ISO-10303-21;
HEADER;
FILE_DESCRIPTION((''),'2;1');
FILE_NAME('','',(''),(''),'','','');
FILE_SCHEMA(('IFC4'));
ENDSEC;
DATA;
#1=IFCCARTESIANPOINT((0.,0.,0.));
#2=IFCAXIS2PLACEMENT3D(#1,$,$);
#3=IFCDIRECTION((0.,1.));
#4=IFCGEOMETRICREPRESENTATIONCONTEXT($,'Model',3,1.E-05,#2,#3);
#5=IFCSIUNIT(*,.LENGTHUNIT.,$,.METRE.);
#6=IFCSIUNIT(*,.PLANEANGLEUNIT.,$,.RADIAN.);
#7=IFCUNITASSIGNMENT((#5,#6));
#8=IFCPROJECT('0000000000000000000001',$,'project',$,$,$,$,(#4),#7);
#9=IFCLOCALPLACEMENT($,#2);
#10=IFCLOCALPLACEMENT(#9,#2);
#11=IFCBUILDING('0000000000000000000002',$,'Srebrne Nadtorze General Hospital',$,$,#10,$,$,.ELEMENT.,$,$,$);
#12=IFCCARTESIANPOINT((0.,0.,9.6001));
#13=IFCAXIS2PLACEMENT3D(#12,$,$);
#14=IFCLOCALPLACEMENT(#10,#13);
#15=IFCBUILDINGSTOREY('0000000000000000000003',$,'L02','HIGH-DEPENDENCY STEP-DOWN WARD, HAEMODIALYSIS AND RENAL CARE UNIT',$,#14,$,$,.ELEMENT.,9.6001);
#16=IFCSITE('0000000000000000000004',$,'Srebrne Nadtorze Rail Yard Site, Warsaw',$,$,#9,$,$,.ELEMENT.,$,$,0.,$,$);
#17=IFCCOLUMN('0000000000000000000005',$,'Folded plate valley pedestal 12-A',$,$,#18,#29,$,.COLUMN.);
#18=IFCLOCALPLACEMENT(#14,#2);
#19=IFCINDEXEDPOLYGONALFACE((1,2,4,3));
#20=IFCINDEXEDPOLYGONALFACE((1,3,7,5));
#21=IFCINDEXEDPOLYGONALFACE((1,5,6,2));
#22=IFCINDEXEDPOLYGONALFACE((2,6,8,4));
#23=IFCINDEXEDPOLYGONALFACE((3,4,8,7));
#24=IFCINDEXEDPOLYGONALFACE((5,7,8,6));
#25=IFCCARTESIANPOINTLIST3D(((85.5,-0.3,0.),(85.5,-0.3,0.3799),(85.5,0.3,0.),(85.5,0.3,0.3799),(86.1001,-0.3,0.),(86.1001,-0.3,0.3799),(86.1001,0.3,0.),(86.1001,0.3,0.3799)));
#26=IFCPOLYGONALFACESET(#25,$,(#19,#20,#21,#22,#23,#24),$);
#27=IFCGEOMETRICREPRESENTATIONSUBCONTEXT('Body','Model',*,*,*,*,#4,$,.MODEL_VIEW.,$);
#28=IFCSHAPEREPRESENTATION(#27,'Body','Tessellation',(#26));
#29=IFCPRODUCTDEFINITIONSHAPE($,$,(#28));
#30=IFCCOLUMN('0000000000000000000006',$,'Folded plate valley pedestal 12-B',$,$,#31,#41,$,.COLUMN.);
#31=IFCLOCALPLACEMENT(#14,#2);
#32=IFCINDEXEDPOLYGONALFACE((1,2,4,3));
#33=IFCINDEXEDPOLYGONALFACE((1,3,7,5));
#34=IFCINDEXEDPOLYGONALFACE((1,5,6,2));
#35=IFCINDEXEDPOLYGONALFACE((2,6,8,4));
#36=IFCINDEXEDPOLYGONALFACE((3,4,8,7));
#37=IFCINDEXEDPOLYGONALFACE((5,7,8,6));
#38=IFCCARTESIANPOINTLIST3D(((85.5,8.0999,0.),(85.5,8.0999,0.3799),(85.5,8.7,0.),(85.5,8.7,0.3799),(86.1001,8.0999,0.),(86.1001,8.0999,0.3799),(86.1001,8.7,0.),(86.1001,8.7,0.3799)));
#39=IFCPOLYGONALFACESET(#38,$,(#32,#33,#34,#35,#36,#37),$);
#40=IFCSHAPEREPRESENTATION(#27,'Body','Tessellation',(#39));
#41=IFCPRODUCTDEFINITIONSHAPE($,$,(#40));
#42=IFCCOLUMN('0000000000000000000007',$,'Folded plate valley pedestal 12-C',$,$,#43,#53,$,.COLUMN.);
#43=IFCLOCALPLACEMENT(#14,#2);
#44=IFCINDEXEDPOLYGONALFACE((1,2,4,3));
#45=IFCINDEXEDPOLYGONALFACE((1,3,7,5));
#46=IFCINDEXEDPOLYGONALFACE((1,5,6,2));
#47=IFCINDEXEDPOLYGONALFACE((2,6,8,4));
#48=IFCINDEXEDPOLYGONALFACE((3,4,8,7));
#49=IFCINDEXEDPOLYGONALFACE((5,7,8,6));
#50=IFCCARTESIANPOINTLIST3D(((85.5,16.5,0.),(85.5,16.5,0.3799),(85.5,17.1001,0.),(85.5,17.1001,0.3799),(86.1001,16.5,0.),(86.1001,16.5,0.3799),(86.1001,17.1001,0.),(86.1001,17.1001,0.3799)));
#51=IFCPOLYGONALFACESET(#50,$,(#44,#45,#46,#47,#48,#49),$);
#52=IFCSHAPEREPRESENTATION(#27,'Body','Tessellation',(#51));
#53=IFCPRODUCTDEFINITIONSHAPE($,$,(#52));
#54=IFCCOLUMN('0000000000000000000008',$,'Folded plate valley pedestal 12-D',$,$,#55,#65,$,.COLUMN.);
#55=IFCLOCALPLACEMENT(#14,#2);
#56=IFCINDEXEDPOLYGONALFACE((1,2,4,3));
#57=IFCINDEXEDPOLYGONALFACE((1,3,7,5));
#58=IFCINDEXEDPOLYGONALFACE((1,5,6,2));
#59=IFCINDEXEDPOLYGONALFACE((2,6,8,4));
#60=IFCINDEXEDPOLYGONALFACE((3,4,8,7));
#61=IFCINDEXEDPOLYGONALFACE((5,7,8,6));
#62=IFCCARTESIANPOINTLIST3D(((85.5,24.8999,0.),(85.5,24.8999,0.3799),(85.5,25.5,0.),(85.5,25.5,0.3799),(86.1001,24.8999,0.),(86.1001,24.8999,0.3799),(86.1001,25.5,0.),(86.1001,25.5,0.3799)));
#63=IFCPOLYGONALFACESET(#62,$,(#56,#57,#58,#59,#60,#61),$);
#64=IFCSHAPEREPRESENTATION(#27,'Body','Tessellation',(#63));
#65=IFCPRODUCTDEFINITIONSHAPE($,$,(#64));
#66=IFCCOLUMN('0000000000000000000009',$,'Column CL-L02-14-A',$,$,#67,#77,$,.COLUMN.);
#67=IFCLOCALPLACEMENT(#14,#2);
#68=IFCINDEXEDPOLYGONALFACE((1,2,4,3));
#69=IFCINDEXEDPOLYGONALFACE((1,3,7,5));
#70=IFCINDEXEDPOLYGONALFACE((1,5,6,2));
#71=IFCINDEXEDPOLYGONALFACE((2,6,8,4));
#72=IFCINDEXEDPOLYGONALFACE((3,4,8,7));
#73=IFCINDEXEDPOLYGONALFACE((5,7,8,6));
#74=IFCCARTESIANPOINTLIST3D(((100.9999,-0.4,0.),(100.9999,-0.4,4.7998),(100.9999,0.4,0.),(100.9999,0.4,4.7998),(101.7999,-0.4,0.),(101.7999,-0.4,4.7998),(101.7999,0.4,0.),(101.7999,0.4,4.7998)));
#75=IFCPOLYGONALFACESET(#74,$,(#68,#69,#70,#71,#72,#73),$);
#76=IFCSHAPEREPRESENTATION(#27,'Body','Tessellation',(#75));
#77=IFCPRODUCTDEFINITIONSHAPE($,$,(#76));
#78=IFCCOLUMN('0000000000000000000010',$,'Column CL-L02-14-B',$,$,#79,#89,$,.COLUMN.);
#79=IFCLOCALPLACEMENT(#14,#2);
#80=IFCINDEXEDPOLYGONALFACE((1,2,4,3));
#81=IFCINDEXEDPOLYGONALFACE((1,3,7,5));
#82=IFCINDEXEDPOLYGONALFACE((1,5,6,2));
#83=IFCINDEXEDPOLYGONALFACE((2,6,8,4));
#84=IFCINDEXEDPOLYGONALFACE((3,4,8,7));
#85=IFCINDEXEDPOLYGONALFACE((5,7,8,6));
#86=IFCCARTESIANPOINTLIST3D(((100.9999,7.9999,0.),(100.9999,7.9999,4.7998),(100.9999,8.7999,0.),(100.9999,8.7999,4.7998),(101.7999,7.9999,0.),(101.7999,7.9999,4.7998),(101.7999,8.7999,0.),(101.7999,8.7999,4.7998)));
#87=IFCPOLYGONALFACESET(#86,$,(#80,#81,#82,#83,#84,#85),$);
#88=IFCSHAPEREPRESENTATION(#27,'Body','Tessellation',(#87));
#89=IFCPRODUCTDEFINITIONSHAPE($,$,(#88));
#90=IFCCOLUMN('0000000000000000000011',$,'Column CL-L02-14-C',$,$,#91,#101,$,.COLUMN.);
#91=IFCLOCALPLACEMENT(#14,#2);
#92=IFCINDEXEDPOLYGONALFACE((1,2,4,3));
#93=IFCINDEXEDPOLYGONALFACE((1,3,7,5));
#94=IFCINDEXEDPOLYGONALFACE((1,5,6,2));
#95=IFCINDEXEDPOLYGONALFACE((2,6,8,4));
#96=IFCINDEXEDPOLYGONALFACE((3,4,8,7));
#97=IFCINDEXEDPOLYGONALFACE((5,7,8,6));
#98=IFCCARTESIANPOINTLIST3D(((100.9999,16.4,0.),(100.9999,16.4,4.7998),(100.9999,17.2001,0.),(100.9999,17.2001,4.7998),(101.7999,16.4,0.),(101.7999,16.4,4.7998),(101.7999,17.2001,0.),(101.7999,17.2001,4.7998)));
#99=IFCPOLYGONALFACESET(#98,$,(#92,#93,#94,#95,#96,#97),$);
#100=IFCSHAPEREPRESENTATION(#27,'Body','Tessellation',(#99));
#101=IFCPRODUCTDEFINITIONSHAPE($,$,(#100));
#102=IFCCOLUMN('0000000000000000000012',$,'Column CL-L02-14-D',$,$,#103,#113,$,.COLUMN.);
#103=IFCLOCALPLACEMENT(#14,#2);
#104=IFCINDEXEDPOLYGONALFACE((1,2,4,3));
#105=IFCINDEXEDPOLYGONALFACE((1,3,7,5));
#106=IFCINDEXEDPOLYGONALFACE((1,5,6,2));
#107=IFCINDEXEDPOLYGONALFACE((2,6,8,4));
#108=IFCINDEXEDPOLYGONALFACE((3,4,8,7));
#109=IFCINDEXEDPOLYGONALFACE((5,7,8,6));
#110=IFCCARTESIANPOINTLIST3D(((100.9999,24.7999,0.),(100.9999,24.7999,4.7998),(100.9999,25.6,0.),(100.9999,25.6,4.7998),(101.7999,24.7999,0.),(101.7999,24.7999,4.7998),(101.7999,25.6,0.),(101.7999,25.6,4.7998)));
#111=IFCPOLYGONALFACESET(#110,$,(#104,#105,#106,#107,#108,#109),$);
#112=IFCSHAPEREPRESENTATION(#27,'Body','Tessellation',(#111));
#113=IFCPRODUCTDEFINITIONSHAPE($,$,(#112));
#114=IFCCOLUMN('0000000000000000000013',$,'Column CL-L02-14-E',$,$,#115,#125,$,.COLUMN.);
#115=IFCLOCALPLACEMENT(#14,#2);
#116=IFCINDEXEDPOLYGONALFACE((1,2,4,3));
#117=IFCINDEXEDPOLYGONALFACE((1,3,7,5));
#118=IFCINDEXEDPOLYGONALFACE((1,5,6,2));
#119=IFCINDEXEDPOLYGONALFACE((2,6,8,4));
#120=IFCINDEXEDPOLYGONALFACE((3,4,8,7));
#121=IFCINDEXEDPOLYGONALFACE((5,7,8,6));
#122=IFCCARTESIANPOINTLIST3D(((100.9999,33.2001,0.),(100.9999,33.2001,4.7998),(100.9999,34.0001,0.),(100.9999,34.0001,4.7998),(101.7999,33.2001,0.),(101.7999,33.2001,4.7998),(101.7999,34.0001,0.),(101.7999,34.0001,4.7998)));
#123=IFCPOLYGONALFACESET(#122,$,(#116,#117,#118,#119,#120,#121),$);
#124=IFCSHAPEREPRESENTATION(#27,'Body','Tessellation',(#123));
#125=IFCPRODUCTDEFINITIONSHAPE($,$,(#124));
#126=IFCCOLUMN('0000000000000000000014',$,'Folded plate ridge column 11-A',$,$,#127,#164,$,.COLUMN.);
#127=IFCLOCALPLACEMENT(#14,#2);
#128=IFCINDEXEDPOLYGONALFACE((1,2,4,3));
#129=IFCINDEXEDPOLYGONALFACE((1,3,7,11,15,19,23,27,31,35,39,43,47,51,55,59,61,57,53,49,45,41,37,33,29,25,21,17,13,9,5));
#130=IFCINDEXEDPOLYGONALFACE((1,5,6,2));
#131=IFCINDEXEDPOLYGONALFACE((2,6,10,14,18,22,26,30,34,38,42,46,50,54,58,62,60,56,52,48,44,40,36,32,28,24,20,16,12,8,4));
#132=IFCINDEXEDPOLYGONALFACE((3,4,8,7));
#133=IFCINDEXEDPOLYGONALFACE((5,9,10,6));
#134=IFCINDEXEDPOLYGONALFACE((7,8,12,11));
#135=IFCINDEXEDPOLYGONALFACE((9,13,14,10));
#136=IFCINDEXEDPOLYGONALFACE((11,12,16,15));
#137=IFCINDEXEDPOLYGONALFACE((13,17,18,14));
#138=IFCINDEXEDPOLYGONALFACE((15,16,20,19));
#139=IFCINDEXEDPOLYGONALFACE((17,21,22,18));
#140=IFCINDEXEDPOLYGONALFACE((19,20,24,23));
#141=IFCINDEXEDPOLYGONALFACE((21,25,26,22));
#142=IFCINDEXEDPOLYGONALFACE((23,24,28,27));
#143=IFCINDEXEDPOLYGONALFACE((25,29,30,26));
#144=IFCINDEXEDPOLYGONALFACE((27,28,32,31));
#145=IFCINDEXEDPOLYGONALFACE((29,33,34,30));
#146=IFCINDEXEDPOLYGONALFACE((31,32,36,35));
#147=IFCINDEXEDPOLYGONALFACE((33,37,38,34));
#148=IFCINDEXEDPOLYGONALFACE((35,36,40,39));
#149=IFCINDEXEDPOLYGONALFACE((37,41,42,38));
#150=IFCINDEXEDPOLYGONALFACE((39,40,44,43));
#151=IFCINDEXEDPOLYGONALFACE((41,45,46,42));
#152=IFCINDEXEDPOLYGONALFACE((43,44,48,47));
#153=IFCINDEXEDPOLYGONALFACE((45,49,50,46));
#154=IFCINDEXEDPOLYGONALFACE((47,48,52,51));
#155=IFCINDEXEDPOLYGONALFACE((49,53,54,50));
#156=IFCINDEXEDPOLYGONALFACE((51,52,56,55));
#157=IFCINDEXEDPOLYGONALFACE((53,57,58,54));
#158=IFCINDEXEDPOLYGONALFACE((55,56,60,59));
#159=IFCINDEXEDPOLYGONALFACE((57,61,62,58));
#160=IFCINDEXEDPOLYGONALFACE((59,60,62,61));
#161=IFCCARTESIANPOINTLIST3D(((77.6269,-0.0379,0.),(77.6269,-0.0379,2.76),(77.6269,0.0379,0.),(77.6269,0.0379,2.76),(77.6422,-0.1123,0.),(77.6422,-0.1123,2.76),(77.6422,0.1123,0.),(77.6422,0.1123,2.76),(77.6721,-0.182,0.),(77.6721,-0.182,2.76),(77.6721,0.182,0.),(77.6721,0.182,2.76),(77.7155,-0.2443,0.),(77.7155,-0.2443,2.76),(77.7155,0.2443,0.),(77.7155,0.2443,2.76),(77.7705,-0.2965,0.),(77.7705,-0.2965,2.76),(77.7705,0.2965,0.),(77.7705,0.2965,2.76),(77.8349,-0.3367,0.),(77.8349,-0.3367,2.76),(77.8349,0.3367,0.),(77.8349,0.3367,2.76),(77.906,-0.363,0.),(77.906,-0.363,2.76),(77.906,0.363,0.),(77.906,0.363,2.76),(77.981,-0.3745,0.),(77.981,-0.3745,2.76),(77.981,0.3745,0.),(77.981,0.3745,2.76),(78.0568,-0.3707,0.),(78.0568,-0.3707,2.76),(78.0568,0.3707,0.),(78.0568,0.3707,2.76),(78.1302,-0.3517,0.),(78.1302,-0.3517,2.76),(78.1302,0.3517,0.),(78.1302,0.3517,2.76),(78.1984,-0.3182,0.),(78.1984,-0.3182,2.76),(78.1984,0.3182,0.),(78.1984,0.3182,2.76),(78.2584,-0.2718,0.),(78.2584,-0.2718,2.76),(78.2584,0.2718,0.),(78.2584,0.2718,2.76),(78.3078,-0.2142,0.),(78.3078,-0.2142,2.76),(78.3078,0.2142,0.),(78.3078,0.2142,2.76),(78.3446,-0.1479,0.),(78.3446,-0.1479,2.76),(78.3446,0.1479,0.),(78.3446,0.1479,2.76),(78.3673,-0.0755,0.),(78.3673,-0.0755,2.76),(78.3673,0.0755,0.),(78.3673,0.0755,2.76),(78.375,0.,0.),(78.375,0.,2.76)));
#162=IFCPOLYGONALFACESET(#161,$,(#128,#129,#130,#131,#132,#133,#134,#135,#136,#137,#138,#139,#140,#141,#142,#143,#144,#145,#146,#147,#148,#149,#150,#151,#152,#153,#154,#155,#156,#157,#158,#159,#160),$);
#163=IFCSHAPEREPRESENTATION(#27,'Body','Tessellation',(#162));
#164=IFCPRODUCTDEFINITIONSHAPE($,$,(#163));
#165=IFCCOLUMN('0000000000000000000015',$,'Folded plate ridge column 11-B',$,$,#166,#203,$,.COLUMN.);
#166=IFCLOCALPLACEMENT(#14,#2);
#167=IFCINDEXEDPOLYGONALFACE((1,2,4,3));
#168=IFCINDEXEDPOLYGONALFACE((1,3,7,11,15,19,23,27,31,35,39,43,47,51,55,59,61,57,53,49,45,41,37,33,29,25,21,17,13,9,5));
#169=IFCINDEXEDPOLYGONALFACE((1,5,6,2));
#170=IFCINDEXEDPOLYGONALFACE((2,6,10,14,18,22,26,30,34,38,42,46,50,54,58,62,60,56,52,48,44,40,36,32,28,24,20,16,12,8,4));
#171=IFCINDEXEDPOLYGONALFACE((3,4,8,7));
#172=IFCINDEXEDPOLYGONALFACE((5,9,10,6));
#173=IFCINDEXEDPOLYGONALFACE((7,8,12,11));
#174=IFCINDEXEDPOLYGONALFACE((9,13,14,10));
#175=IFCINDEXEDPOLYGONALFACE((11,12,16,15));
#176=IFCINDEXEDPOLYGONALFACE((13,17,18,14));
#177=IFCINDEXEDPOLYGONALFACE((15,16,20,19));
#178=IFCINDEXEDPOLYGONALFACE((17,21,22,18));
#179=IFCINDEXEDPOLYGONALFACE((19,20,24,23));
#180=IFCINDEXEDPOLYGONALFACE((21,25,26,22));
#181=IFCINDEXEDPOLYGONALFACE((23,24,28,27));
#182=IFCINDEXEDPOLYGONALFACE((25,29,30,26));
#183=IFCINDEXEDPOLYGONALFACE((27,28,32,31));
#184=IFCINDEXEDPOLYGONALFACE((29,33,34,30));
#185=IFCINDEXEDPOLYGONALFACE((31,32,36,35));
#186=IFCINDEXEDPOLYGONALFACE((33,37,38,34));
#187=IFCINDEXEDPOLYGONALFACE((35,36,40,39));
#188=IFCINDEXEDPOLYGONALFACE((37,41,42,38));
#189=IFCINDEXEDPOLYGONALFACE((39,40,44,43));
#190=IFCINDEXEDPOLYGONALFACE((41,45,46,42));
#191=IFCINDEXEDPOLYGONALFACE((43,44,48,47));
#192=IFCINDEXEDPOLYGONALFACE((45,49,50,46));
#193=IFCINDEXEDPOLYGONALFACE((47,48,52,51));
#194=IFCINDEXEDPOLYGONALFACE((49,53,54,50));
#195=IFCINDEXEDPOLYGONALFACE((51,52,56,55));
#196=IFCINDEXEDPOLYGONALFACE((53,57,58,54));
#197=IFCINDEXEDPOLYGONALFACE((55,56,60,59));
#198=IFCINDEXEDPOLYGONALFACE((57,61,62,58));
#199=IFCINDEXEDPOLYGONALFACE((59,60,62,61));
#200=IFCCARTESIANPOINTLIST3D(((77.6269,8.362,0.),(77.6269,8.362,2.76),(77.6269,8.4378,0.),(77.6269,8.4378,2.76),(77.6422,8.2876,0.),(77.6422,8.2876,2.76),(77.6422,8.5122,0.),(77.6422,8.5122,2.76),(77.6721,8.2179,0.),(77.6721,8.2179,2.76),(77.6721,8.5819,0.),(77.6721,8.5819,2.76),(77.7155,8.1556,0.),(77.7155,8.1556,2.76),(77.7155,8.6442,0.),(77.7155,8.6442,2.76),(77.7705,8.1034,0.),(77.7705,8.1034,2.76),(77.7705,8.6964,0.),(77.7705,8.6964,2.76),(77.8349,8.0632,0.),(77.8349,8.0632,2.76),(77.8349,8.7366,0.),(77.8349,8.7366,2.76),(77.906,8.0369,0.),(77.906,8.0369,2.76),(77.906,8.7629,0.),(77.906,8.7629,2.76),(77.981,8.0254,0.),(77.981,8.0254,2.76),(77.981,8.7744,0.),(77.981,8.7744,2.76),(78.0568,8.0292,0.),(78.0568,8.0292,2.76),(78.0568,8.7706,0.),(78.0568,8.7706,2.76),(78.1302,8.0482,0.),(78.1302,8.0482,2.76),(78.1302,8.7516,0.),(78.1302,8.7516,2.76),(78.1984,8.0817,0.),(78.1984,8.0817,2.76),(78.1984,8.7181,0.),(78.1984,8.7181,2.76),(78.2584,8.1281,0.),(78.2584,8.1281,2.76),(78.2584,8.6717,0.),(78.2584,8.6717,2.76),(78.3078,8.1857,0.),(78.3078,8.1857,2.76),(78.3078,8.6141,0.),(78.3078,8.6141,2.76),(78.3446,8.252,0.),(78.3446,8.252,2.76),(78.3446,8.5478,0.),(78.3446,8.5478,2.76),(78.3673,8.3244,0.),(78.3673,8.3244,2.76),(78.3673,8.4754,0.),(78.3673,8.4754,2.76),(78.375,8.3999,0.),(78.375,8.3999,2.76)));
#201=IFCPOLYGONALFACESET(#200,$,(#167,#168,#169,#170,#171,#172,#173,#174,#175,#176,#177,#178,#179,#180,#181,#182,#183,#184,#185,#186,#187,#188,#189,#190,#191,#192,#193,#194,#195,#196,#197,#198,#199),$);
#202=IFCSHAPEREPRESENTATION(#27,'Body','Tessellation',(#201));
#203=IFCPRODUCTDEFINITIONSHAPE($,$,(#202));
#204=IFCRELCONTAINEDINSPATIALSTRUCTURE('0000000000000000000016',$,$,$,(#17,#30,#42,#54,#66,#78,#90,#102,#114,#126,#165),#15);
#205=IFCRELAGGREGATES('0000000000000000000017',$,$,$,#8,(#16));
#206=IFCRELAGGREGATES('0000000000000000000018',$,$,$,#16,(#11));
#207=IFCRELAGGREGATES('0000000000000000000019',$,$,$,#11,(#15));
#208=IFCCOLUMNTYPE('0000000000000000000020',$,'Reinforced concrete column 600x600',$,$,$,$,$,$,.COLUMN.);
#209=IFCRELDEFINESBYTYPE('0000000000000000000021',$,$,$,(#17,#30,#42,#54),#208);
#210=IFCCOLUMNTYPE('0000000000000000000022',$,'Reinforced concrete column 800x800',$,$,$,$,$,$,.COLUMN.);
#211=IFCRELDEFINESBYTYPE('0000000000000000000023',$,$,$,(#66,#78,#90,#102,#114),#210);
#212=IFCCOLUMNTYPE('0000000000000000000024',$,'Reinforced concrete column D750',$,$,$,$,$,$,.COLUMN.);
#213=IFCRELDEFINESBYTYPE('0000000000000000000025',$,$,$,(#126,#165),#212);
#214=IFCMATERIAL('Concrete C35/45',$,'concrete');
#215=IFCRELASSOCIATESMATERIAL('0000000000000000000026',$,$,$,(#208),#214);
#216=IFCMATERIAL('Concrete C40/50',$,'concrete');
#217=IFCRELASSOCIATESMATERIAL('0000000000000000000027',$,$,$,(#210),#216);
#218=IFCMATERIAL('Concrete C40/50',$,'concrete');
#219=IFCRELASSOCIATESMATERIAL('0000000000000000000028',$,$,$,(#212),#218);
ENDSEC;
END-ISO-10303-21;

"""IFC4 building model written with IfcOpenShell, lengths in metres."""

from ifc_helpers import new_model, si_unit, direction, frame, origin, origin_2d, place, context, subcontext, project, spatial, rectangle, circle, extrude, material, material_profile, profile_set, type_object, element, save


model = new_model("IFC4")

# Units and contexts
model_context = context("Model", 3, precision=1e-05, world=origin(), true_north=direction((0.0, 1.0)))
body_context = subcontext(model_context, "Body", "Model", "MODEL_VIEW")
ifc_project = project(units=[si_unit("LENGTHUNIT", "METRE"), si_unit("PLANEANGLEUNIT", "RADIAN")], contexts=[model_context])

# Site, building, storey
site_placement = place(None, origin())
site = spatial("IfcSite", under=ifc_project, at=site_placement, Name="Srebrne Nadtorze Rail Yard Site, Warsaw", CompositionType="ELEMENT", RefElevation=0.0)
building_placement = place(site_placement, origin())
building = spatial("IfcBuilding", under=site, at=building_placement, Name="Srebrne Nadtorze General Hospital", CompositionType="ELEMENT")
storey_placement = place(building_placement, frame((0.0, 0.0, 9.6001)))
storey = spatial("IfcBuildingStorey", under=building, at=storey_placement, Name="L02", Description="HIGH-DEPENDENCY STEP-DOWN WARD, HAEMODIALYSIS AND RENAL CARE UNIT", CompositionType="ELEMENT", Elevation=9.6001)

# Columns
ifc_material_1 = material(Name="Concrete C35/45", Category="concrete")
ifc_material_profile_1 = material_profile(ifc_material_1, rectangle(XDim=0.6001, YDim=0.6001, at=origin_2d()), Name="RC-COL-600x600")
ifc_profile_set_1 = profile_set([ifc_material_profile_1], Name="Concrete C35/45")
column_type_1 = type_object("IfcColumnType", Name="Reinforced concrete column 600x600", PredefinedType="COLUMN", material=ifc_profile_set_1)
for number, where, z_axis, x_axis, name in (
    (1, (85.8, 0.0, 0.0), (0.0, 0.0, 1.0), (1.0, 0.0, 0.0), "Folded plate valley pedestal 12-A"),
    (2, (85.8, 8.3999, 0.0), (0.0, 0.0, 1.0), (1.0, 0.0, 0.0), "Folded plate valley pedestal 12-B"),
    (3, (85.8, 16.8, 0.0), (0.0, 0.0, 1.0), (1.0, 0.0, 0.0), "Folded plate valley pedestal 12-C"),
    (4, (85.8, 25.2, 0.0), (0.0, 0.0, 1.0), (1.0, 0.0, 0.0), "Folded plate valley pedestal 12-D"),
):
    element("IfcColumn", number, at=place(storey_placement, frame(where, z_axis=z_axis, x_axis=x_axis)), inside=storey, type_object=column_type_1, Name=name, PredefinedType="COLUMN", context=body_context, shape_type="SweptSolid", body=[
        extrude(rectangle(XDim=0.6001, YDim=0.6001, at=origin_2d()), origin(), (0.0, 0.0, 1.0), 0.3799),
    ])
ifc_material_2 = material(Name="Concrete C40/50", Category="concrete")
ifc_material_profile_2 = material_profile(ifc_material_2, rectangle(XDim=0.8, YDim=0.8, at=origin_2d()), Name="RC-COL-800x800")
ifc_profile_set_2 = profile_set([ifc_material_profile_2], Name="Concrete C40/50")
column_type_2 = type_object("IfcColumnType", Name="Reinforced concrete column 800x800", PredefinedType="COLUMN", material=ifc_profile_set_2)
for number, where, z_axis, x_axis, name in (
    (5, (101.3999, 0.0, 0.0), (0.0, 0.0, 1.0), (1.0, 0.0, 0.0), "Column CL-L02-14-A"),
    (6, (101.3999, 8.3999, 0.0), (0.0, 0.0, 1.0), (1.0, 0.0, 0.0), "Column CL-L02-14-B"),
    (7, (101.3999, 16.8, 0.0), (0.0, 0.0, 1.0), (1.0, 0.0, 0.0), "Column CL-L02-14-C"),
    (8, (101.3999, 25.2, 0.0), (0.0, 0.0, 1.0), (1.0, 0.0, 0.0), "Column CL-L02-14-D"),
    (9, (101.3999, 33.6001, 0.0), (0.0, 0.0, 1.0), (1.0, 0.0, 0.0), "Column CL-L02-14-E"),
):
    element("IfcColumn", number, at=place(storey_placement, frame(where, z_axis=z_axis, x_axis=x_axis)), inside=storey, type_object=column_type_2, Name=name, PredefinedType="COLUMN", context=body_context, shape_type="SweptSolid", body=[
        extrude(rectangle(XDim=0.8, YDim=0.8, at=origin_2d()), origin(), (0.0, 0.0, 1.0), 4.7998),
    ])
ifc_material_3 = material(Name="Concrete C40/50", Category="concrete")
ifc_material_profile_3 = material_profile(ifc_material_3, circle(Radius=0.375, at=origin_2d()), Name="RC-COL-D750")
ifc_profile_set_3 = profile_set([ifc_material_profile_3], Name="Concrete C40/50")
column_type_3 = type_object("IfcColumnType", Name="Reinforced concrete column D750", PredefinedType="COLUMN", material=ifc_profile_set_3)
for number, where, z_axis, x_axis, name in (
    (10, (78.0, 0.0, 0.0), (0.0, 0.0, 1.0), (1.0, 0.0, 0.0), "Folded plate ridge column 11-A"),
    (11, (78.0, 8.3999, 0.0), (0.0, 0.0, 1.0), (1.0, 0.0, 0.0), "Folded plate ridge column 11-B"),
):
    element("IfcColumn", number, at=place(storey_placement, frame(where, z_axis=z_axis, x_axis=x_axis)), inside=storey, type_object=column_type_3, Name=name, PredefinedType="COLUMN", context=body_context, shape_type="SweptSolid", body=[
        extrude(circle(Radius=0.375, at=origin_2d()), origin(), (0.0, 0.0, 1.0), 2.76),
    ])

save(model, "model.ifc")
